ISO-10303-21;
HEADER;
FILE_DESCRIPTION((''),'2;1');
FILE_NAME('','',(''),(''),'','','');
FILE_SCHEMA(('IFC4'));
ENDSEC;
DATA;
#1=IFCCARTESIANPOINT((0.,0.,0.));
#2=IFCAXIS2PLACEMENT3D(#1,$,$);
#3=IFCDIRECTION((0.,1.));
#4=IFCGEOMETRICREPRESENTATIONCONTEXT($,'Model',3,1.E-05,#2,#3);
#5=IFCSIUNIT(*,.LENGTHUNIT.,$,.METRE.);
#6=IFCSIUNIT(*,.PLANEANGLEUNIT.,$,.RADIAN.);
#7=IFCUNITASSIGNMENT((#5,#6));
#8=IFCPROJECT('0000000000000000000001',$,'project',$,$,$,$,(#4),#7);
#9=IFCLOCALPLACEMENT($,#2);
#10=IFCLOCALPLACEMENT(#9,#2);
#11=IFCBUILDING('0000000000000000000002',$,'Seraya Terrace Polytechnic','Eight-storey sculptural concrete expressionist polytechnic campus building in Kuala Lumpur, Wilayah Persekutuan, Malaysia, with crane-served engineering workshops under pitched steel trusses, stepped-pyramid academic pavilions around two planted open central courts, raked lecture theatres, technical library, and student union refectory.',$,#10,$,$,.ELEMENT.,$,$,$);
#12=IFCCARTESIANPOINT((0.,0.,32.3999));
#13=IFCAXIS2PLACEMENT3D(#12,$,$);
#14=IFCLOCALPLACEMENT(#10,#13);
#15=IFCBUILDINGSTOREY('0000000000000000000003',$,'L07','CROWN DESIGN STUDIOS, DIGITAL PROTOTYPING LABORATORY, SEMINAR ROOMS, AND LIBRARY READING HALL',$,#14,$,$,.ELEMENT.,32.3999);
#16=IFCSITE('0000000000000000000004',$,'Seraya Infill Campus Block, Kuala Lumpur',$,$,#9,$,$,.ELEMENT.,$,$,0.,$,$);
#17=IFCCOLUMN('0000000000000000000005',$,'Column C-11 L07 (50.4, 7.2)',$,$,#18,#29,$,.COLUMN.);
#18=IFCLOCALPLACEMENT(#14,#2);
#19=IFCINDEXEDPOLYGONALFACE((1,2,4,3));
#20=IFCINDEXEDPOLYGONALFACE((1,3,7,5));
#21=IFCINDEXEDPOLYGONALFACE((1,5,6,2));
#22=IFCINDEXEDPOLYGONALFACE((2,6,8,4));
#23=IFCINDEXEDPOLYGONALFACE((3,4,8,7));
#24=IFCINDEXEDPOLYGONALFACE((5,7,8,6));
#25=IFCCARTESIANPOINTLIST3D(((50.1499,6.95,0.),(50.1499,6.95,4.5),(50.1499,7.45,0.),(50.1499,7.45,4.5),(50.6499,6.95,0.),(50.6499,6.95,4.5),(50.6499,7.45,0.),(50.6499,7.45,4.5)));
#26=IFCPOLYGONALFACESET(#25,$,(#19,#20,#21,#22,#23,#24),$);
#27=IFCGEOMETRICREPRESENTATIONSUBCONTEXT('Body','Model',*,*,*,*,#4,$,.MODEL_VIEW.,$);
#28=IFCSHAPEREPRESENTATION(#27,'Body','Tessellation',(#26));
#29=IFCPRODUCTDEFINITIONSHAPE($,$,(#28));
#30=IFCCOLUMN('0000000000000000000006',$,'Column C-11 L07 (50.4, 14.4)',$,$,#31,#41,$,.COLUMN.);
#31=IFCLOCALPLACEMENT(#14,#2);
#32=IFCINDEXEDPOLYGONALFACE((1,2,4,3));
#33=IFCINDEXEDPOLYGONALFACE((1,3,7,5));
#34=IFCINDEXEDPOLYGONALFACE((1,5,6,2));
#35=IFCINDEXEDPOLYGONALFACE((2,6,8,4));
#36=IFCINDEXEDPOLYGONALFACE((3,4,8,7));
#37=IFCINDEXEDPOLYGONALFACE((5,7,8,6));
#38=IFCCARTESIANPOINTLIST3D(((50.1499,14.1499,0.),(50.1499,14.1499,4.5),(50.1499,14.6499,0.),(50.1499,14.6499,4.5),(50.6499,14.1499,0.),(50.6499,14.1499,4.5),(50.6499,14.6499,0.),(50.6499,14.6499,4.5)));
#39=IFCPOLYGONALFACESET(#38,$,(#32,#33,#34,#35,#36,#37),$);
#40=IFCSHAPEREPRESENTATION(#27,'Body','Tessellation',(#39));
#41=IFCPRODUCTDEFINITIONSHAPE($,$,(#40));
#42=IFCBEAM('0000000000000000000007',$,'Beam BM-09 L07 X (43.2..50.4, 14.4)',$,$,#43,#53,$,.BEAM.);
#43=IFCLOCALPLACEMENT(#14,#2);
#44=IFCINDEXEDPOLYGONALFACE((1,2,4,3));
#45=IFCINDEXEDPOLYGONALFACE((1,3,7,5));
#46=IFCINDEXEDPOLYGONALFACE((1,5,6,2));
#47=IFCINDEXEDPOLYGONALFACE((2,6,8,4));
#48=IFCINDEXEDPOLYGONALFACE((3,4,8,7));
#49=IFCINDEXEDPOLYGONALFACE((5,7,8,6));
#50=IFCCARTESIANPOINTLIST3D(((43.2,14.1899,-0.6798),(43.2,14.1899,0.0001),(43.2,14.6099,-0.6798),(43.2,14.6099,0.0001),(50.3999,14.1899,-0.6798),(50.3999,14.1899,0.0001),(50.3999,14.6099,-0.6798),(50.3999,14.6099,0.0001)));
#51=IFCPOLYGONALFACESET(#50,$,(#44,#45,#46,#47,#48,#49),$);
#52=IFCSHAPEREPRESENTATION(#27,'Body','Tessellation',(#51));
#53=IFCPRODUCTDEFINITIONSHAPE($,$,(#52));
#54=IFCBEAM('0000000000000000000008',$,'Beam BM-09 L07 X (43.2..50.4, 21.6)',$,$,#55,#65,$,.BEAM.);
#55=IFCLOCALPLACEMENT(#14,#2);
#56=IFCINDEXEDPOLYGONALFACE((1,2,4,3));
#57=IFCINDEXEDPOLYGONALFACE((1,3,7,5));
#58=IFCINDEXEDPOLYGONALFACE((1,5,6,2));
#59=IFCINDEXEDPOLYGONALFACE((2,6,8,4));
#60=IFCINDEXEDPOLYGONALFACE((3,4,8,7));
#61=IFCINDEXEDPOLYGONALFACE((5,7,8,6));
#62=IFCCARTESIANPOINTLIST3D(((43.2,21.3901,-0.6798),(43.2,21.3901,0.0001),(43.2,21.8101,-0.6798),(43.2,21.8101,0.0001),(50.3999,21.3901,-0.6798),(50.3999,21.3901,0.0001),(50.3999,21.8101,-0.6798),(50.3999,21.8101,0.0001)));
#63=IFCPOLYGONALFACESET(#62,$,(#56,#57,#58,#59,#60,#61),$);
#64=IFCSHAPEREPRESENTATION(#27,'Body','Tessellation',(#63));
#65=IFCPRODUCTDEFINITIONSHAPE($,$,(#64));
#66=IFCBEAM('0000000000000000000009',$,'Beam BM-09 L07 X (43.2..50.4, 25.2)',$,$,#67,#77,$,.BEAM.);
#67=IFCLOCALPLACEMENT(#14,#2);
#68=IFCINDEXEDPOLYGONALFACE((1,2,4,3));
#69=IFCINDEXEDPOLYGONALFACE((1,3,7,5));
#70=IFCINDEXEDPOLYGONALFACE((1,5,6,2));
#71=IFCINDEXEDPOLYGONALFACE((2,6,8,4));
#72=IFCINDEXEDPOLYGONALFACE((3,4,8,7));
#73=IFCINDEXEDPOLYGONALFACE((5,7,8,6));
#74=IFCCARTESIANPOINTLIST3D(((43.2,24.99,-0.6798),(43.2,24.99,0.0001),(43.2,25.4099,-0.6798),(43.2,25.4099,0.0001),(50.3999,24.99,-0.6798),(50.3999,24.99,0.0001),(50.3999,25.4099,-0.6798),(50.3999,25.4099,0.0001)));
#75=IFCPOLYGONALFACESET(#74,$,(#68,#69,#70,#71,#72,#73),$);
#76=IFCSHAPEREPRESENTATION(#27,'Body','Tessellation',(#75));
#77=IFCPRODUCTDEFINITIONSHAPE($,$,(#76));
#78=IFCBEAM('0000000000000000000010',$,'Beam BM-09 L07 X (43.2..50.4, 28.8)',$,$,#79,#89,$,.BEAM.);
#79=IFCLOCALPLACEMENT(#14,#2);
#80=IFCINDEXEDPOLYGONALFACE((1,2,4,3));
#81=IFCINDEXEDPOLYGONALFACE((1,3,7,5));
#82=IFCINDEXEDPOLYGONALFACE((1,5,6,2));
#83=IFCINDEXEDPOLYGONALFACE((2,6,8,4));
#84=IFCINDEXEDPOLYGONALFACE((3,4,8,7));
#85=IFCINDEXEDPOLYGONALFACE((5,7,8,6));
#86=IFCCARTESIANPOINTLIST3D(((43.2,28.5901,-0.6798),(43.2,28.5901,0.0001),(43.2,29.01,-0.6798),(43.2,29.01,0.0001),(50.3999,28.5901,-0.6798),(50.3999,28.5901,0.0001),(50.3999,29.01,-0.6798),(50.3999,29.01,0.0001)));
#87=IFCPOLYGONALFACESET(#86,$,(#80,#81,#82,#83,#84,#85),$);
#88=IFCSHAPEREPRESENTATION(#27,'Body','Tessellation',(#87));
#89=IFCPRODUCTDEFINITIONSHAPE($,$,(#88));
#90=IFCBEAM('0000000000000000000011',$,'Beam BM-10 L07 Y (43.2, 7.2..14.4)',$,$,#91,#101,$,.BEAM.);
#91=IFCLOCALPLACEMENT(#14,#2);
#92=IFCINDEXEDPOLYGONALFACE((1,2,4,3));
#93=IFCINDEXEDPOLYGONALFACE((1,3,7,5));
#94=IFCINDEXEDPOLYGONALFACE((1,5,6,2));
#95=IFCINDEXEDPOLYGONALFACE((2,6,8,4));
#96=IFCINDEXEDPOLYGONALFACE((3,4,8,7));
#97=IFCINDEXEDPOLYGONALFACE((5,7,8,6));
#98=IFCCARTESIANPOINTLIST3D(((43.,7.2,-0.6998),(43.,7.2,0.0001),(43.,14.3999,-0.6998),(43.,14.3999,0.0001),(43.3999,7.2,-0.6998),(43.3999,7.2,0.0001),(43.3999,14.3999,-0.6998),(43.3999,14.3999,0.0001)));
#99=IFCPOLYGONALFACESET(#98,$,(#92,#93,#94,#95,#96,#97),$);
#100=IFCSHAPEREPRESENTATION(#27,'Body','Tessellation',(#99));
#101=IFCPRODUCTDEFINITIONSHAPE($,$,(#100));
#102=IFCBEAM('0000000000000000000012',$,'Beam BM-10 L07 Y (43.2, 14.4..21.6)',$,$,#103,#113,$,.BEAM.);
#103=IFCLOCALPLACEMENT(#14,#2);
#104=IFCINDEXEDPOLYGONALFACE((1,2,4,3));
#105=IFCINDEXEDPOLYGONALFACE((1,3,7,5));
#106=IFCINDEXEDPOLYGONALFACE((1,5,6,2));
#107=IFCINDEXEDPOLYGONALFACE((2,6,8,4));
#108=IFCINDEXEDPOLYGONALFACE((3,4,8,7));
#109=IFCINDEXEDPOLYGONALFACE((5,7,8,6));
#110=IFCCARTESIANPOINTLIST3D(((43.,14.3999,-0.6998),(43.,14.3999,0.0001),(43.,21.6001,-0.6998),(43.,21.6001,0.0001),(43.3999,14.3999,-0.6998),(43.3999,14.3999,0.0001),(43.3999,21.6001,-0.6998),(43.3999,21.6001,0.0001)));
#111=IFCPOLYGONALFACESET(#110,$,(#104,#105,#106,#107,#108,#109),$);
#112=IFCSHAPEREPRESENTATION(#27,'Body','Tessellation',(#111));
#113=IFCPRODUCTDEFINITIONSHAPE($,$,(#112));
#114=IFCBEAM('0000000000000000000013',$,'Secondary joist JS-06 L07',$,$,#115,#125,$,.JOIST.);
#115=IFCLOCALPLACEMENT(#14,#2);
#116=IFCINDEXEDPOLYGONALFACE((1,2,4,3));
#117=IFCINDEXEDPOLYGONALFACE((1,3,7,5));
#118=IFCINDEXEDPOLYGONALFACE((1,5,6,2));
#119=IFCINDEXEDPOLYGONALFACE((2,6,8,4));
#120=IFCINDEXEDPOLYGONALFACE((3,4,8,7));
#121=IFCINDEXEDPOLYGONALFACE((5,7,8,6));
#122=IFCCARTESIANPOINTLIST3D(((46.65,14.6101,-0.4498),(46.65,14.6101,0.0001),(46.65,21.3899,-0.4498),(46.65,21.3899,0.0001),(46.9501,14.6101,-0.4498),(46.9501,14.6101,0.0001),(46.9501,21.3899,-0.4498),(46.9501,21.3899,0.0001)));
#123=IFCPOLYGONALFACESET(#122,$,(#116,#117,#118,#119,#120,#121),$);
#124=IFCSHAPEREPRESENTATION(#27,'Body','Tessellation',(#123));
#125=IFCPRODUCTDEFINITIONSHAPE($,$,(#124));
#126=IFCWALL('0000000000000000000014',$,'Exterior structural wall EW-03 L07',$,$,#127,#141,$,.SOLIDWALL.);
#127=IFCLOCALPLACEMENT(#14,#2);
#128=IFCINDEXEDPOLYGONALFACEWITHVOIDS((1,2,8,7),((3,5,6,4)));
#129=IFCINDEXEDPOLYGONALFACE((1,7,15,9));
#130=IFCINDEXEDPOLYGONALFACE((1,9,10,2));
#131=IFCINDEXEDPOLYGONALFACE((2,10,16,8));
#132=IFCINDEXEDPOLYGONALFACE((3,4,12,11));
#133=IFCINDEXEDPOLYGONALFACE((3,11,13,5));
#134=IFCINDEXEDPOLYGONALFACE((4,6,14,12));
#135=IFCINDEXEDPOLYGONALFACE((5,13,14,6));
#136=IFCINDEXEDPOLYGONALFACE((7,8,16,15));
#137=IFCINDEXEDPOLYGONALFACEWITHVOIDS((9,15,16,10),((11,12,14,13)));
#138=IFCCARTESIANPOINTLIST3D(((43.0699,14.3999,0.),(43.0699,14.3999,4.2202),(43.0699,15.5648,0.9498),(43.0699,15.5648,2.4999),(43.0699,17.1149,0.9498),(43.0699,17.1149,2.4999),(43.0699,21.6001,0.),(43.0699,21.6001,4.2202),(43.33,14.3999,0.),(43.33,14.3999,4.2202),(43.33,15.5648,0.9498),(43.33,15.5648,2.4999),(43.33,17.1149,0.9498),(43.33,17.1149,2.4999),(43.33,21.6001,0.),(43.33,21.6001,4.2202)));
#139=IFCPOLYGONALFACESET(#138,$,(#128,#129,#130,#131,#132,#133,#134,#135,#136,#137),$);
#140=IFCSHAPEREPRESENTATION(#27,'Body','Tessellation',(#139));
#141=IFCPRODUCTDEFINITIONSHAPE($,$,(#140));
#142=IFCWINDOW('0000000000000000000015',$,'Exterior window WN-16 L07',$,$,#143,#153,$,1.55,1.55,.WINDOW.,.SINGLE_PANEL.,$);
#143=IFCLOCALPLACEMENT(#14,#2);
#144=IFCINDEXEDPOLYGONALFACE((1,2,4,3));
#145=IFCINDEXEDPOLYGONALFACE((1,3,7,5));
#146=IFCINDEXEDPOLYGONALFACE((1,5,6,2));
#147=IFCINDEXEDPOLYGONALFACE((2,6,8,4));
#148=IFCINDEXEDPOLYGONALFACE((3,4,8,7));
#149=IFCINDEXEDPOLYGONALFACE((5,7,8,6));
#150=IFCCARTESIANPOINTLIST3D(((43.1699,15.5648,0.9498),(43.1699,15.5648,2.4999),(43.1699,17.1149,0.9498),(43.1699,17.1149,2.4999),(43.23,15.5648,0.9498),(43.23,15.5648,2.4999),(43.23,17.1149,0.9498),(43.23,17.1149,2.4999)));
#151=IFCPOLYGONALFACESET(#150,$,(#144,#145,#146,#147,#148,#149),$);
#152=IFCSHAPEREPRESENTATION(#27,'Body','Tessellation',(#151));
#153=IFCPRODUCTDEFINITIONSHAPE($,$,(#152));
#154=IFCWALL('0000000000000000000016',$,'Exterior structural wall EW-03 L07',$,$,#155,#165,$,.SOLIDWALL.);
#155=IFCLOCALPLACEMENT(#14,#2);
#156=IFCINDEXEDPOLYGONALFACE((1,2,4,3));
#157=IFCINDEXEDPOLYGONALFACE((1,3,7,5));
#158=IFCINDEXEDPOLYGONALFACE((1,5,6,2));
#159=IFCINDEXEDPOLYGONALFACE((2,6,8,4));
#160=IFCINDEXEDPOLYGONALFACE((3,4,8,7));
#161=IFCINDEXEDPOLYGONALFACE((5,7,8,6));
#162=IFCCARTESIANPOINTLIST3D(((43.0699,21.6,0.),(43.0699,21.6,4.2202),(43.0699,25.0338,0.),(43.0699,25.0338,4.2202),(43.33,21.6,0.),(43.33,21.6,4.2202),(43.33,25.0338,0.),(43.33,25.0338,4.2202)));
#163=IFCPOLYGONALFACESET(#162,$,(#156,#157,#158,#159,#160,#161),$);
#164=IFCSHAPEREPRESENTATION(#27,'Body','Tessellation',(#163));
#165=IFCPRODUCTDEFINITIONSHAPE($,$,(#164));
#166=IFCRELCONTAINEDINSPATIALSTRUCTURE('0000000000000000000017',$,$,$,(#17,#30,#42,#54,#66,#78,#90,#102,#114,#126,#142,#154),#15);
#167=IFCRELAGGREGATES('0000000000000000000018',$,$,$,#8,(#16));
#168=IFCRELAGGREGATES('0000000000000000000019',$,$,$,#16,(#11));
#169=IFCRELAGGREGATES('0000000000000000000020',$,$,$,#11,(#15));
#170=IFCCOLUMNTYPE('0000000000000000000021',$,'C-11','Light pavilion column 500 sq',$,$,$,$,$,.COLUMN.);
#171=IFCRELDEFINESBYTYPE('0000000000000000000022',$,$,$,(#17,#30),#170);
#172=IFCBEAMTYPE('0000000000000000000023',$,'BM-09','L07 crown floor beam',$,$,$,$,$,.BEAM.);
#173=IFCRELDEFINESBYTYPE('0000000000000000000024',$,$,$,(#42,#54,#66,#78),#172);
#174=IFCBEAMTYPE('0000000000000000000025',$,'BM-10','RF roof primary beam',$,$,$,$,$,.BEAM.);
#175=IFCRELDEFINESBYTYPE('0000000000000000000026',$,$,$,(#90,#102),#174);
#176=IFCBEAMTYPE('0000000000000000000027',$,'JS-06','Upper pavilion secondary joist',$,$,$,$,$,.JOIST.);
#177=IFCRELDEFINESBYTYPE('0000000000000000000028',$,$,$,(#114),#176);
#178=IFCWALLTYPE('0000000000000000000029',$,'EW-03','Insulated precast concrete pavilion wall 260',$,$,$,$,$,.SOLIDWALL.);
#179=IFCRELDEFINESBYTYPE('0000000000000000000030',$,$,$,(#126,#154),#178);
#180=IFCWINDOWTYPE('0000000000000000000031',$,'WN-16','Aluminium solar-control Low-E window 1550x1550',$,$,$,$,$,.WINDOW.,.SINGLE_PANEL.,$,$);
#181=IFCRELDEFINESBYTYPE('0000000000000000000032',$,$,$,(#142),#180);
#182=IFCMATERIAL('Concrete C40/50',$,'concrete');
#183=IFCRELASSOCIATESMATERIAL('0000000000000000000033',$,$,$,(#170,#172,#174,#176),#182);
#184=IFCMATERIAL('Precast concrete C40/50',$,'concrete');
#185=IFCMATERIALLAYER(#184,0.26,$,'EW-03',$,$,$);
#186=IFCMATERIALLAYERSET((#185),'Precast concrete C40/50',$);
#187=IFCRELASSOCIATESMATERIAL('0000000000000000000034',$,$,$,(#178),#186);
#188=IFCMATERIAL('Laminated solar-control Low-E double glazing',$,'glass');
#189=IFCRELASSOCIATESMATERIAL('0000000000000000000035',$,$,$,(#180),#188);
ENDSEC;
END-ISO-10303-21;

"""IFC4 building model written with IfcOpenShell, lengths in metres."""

from ifc_helpers import new_model, si_unit, direction, frame, frame_2d, origin, origin_2d, place, context, subcontext, project, spatial, rectangle, extrude, material, layer, layer_set, material_profile, profile_set, type_object, element, fill, save


model = new_model("IFC4")

# Units and contexts
model_context = context("Model", 3, precision=1e-05, world=origin(), true_north=direction((0.0, 1.0)))
body_context = subcontext(model_context, "Body", "Model", "MODEL_VIEW")
ifc_project = project(units=[si_unit("LENGTHUNIT", "METRE"), si_unit("PLANEANGLEUNIT", "RADIAN")], contexts=[model_context])

# Site, building, storey
site_placement = place(None, origin())
site = spatial("IfcSite", under=ifc_project, at=site_placement, Name="Seraya Infill Campus Block, Kuala Lumpur", CompositionType="ELEMENT", RefElevation=0.0)
building_placement = place(site_placement, origin())
building = spatial("IfcBuilding", under=site, at=building_placement, Name="Seraya Terrace Polytechnic", Description="Eight-storey sculptural concrete expressionist polytechnic campus building in Kuala Lumpur, Wilayah Persekutuan, Malaysia, with crane-served engineering workshops under pitched steel trusses, stepped-pyramid academic pavilions around two planted open central courts, raked lecture theatres, technical library, and student union refectory.", CompositionType="ELEMENT")
storey_placement = place(building_placement, frame((0.0, 0.0, 32.3999)))
storey = spatial("IfcBuildingStorey", under=building, at=storey_placement, Name="L07", Description="CROWN DESIGN STUDIOS, DIGITAL PROTOTYPING LABORATORY, SEMINAR ROOMS, AND LIBRARY READING HALL", CompositionType="ELEMENT", Elevation=32.3999)

# Columns
ifc_material_1 = material(Name="Concrete C40/50", Category="concrete")
ifc_material_profile_1 = material_profile(ifc_material_1, rectangle(XDim=0.5, YDim=0.5, at=origin_2d()), Name="RC 500x500")
ifc_profile_set_1 = profile_set([ifc_material_profile_1], Name="Concrete C40/50")
column_type = type_object("IfcColumnType", Name="C-11", Description="Light pavilion column 500 sq", PredefinedType="COLUMN", material=ifc_profile_set_1)
for number, where, z_axis, x_axis, name in (
    (1, (50.3999, 7.2, 0.0), (0.0, 0.0, 1.0), (1.0, 0.0, 0.0), "Column C-11 L07 (50.4, 7.2)"),
    (2, (50.3999, 14.3999, 0.0), (0.0, 0.0, 1.0), (1.0, 0.0, 0.0), "Column C-11 L07 (50.4, 14.4)"),
):
    element("IfcColumn", number, at=place(storey_placement, frame(where, z_axis=z_axis, x_axis=x_axis)), inside=storey, type_object=column_type, Name=name, PredefinedType="COLUMN", context=body_context, shape_type="SweptSolid", body=[
        extrude(rectangle(XDim=0.5, YDim=0.5, at=origin_2d()), origin(), (0.0, 0.0, 1.0), 4.5),
    ])

# Beams
ifc_material_profile_2 = material_profile(ifc_material_1, rectangle(XDim=0.4199, YDim=0.6799, at=origin_2d()), Name="RC 420x680")
ifc_profile_set_2 = profile_set([ifc_material_profile_2], Name="Concrete C40/50")
beam_type_1 = type_object("IfcBeamType", Name="BM-09", Description="L07 crown floor beam", PredefinedType="BEAM", material=ifc_profile_set_2)
for number, where, z_axis, x_axis, name in (
    (3, (43.2, 14.3999, -0.3398), (1.0, 0.0, 0.0), (0.0, 1.0, 0.0), "Beam BM-09 L07 X (43.2..50.4, 14.4)"),
    (4, (43.2, 21.6001, -0.3398), (1.0, 0.0, 0.0), (0.0, 1.0, 0.0), "Beam BM-09 L07 X (43.2..50.4, 21.6)"),
    (5, (43.2, 25.2, -0.3398), (1.0, 0.0, 0.0), (0.0, 1.0, 0.0), "Beam BM-09 L07 X (43.2..50.4, 25.2)"),
    (6, (43.2, 28.8, -0.3398), (1.0, 0.0, 0.0), (0.0, 1.0, 0.0), "Beam BM-09 L07 X (43.2..50.4, 28.8)"),
):
    element("IfcBeam", number, at=place(storey_placement, frame(where, z_axis=z_axis, x_axis=x_axis)), inside=storey, type_object=beam_type_1, Name=name, PredefinedType="BEAM", context=body_context, shape_type="SweptSolid", body=[
        extrude(rectangle(XDim=0.4199, YDim=0.6799, at=origin_2d()), origin(), (0.0, 0.0, 1.0), 7.2),
    ])
ifc_material_profile_3 = material_profile(ifc_material_1, rectangle(XDim=0.3999, YDim=0.7, at=origin_2d()), Name="RC 400x700")
ifc_profile_set_3 = profile_set([ifc_material_profile_3], Name="Concrete C40/50")
beam_type_2 = type_object("IfcBeamType", Name="BM-10", Description="RF roof primary beam", PredefinedType="BEAM", material=ifc_profile_set_3)
beam_1_placement = place(storey_placement, frame((43.2, 7.2, -0.3499), z_axis=(0.0, 1.0, 0.0), x_axis=(-1.0, 0.0, 0.0)))
element("IfcBeam", 7, at=beam_1_placement, inside=storey, type_object=beam_type_2, Name="Beam BM-10 L07 Y (43.2, 7.2..14.4)", PredefinedType="BEAM", context=body_context, shape_type="SweptSolid", body=[
    extrude(rectangle(XDim=0.3999, YDim=0.7, at=origin_2d()), origin(), (0.0, 0.0, 1.0), 7.2),
])
beam_2_placement = place(storey_placement, frame((43.2, 14.3999, -0.3499), z_axis=(0.0, 1.0, 0.0), x_axis=(-1.0, 0.0, 0.0)))
element("IfcBeam", 8, at=beam_2_placement, inside=storey, type_object=beam_type_2, Name="Beam BM-10 L07 Y (43.2, 14.4..21.6)", PredefinedType="BEAM", context=body_context, shape_type="SweptSolid", body=[
    extrude(rectangle(XDim=0.3999, YDim=0.7, at=origin_2d()), origin(), (0.0, 0.0, 1.0), 7.2002),
])
ifc_material_profile_4 = material_profile(ifc_material_1, rectangle(XDim=0.3, YDim=0.45, at=origin_2d()), Name="RC 300x450")
ifc_profile_set_4 = profile_set([ifc_material_profile_4], Name="Concrete C40/50")
beam_type_3 = type_object("IfcBeamType", Name="JS-06", Description="Upper pavilion secondary joist", PredefinedType="JOIST", material=ifc_profile_set_4)
beam_3_placement = place(storey_placement, frame((46.8, 14.6101, -0.2249), z_axis=(0.0, 1.0, 0.0), x_axis=(-1.0, 0.0, 0.0)))
element("IfcBeam", 9, at=beam_3_placement, inside=storey, type_object=beam_type_3, Name="Secondary joist JS-06 L07", PredefinedType="JOIST", context=body_context, shape_type="SweptSolid", body=[
    extrude(rectangle(XDim=0.3, YDim=0.45, at=origin_2d()), origin(), (0.0, 0.0, 1.0), 6.7798),
])

# Wall, opening, window
ifc_material_2 = material(Name="Precast concrete C40/50", Category="concrete")
ifc_layer_1 = layer(ifc_material_2, 0.26, Name="EW-03")
ifc_layer_set_1 = layer_set([ifc_layer_1], Name="Precast concrete C40/50")
wall_type_1 = type_object("IfcWallType", Name="EW-03", Description="Insulated precast concrete pavilion wall 260", PredefinedType="SOLIDWALL", material=ifc_layer_set_1)
wall_1_placement = place(storey_placement, frame((43.2, 14.3999, 0.0), z_axis=(0.0, 0.0, 1.0), x_axis=(0.0, 1.0, 0.0)))
wall_1 = element("IfcWall", 10, at=wall_1_placement, inside=storey, type_object=wall_type_1, Name="Exterior structural wall EW-03 L07", PredefinedType="SOLIDWALL", context=body_context, shape_type="SweptSolid", body=[
    extrude(rectangle(XDim=7.2002, YDim=0.26, at=frame_2d((3.6001, 0.0))), origin(), (0.0, 0.0, 1.0), 4.2202),
])
opening_1_placement = place(wall_1_placement, frame((1.165, 0.0, 0.95)))
opening_1 = element("IfcOpeningElement", 11, at=opening_1_placement, cuts=wall_1, PredefinedType="OPENING", context=body_context, shape_type="SweptSolid", body=[
    extrude(rectangle(XDim=1.55, YDim=1.55, at=frame_2d((0.7749, 0.7749))), frame((0.0, 0.1421, 0.0), z_axis=(0.0, -1.0, 0.0), x_axis=(1.0, 0.0, 0.0)), (0.0, 0.0, 1.0), 0.2839),
])
ifc_material_3 = material(Name="Laminated solar-control Low-E double glazing", Category="glass")
window_type_1 = type_object("IfcWindowType", Name="WN-16", Description="Aluminium solar-control Low-E window 1550x1550", PartitioningType="SINGLE_PANEL", PredefinedType="WINDOW", material=ifc_material_3)
window_1_placement = place(opening_1_placement, origin())
window_1 = element("IfcWindow", 12, at=window_1_placement, inside=storey, type_object=window_type_1, Name="Exterior window WN-16 L07", OverallHeight=1.55, OverallWidth=1.55, PartitioningType="SINGLE_PANEL", PredefinedType="WINDOW", context=body_context, shape_type="SweptSolid", body=[
    extrude(rectangle(XDim=1.55, YDim=1.55, at=frame_2d((0.7749, 0.7749))), frame((0.0, 0.03, 0.0), z_axis=(0.0, -1.0, 0.0), x_axis=(1.0, 0.0, 0.0)), (0.0, 0.0, 1.0), 0.0601),
])
fill(opening_1, window_1)

# Wall
wall_2_placement = place(storey_placement, frame((43.2, 21.6001, 0.0), z_axis=(0.0, 0.0, 1.0), x_axis=(0.0, 1.0, 0.0)))
element("IfcWall", 13, at=wall_2_placement, inside=storey, type_object=wall_type_1, Name="Exterior structural wall EW-03 L07", PredefinedType="SOLIDWALL", context=body_context, shape_type="SweptSolid", body=[
    extrude(rectangle(XDim=3.4338, YDim=0.26, at=frame_2d((1.7168, 0.0))), origin(), (0.0, 0.0, 1.0), 4.2202),
])

save(model, "model.ifc")
